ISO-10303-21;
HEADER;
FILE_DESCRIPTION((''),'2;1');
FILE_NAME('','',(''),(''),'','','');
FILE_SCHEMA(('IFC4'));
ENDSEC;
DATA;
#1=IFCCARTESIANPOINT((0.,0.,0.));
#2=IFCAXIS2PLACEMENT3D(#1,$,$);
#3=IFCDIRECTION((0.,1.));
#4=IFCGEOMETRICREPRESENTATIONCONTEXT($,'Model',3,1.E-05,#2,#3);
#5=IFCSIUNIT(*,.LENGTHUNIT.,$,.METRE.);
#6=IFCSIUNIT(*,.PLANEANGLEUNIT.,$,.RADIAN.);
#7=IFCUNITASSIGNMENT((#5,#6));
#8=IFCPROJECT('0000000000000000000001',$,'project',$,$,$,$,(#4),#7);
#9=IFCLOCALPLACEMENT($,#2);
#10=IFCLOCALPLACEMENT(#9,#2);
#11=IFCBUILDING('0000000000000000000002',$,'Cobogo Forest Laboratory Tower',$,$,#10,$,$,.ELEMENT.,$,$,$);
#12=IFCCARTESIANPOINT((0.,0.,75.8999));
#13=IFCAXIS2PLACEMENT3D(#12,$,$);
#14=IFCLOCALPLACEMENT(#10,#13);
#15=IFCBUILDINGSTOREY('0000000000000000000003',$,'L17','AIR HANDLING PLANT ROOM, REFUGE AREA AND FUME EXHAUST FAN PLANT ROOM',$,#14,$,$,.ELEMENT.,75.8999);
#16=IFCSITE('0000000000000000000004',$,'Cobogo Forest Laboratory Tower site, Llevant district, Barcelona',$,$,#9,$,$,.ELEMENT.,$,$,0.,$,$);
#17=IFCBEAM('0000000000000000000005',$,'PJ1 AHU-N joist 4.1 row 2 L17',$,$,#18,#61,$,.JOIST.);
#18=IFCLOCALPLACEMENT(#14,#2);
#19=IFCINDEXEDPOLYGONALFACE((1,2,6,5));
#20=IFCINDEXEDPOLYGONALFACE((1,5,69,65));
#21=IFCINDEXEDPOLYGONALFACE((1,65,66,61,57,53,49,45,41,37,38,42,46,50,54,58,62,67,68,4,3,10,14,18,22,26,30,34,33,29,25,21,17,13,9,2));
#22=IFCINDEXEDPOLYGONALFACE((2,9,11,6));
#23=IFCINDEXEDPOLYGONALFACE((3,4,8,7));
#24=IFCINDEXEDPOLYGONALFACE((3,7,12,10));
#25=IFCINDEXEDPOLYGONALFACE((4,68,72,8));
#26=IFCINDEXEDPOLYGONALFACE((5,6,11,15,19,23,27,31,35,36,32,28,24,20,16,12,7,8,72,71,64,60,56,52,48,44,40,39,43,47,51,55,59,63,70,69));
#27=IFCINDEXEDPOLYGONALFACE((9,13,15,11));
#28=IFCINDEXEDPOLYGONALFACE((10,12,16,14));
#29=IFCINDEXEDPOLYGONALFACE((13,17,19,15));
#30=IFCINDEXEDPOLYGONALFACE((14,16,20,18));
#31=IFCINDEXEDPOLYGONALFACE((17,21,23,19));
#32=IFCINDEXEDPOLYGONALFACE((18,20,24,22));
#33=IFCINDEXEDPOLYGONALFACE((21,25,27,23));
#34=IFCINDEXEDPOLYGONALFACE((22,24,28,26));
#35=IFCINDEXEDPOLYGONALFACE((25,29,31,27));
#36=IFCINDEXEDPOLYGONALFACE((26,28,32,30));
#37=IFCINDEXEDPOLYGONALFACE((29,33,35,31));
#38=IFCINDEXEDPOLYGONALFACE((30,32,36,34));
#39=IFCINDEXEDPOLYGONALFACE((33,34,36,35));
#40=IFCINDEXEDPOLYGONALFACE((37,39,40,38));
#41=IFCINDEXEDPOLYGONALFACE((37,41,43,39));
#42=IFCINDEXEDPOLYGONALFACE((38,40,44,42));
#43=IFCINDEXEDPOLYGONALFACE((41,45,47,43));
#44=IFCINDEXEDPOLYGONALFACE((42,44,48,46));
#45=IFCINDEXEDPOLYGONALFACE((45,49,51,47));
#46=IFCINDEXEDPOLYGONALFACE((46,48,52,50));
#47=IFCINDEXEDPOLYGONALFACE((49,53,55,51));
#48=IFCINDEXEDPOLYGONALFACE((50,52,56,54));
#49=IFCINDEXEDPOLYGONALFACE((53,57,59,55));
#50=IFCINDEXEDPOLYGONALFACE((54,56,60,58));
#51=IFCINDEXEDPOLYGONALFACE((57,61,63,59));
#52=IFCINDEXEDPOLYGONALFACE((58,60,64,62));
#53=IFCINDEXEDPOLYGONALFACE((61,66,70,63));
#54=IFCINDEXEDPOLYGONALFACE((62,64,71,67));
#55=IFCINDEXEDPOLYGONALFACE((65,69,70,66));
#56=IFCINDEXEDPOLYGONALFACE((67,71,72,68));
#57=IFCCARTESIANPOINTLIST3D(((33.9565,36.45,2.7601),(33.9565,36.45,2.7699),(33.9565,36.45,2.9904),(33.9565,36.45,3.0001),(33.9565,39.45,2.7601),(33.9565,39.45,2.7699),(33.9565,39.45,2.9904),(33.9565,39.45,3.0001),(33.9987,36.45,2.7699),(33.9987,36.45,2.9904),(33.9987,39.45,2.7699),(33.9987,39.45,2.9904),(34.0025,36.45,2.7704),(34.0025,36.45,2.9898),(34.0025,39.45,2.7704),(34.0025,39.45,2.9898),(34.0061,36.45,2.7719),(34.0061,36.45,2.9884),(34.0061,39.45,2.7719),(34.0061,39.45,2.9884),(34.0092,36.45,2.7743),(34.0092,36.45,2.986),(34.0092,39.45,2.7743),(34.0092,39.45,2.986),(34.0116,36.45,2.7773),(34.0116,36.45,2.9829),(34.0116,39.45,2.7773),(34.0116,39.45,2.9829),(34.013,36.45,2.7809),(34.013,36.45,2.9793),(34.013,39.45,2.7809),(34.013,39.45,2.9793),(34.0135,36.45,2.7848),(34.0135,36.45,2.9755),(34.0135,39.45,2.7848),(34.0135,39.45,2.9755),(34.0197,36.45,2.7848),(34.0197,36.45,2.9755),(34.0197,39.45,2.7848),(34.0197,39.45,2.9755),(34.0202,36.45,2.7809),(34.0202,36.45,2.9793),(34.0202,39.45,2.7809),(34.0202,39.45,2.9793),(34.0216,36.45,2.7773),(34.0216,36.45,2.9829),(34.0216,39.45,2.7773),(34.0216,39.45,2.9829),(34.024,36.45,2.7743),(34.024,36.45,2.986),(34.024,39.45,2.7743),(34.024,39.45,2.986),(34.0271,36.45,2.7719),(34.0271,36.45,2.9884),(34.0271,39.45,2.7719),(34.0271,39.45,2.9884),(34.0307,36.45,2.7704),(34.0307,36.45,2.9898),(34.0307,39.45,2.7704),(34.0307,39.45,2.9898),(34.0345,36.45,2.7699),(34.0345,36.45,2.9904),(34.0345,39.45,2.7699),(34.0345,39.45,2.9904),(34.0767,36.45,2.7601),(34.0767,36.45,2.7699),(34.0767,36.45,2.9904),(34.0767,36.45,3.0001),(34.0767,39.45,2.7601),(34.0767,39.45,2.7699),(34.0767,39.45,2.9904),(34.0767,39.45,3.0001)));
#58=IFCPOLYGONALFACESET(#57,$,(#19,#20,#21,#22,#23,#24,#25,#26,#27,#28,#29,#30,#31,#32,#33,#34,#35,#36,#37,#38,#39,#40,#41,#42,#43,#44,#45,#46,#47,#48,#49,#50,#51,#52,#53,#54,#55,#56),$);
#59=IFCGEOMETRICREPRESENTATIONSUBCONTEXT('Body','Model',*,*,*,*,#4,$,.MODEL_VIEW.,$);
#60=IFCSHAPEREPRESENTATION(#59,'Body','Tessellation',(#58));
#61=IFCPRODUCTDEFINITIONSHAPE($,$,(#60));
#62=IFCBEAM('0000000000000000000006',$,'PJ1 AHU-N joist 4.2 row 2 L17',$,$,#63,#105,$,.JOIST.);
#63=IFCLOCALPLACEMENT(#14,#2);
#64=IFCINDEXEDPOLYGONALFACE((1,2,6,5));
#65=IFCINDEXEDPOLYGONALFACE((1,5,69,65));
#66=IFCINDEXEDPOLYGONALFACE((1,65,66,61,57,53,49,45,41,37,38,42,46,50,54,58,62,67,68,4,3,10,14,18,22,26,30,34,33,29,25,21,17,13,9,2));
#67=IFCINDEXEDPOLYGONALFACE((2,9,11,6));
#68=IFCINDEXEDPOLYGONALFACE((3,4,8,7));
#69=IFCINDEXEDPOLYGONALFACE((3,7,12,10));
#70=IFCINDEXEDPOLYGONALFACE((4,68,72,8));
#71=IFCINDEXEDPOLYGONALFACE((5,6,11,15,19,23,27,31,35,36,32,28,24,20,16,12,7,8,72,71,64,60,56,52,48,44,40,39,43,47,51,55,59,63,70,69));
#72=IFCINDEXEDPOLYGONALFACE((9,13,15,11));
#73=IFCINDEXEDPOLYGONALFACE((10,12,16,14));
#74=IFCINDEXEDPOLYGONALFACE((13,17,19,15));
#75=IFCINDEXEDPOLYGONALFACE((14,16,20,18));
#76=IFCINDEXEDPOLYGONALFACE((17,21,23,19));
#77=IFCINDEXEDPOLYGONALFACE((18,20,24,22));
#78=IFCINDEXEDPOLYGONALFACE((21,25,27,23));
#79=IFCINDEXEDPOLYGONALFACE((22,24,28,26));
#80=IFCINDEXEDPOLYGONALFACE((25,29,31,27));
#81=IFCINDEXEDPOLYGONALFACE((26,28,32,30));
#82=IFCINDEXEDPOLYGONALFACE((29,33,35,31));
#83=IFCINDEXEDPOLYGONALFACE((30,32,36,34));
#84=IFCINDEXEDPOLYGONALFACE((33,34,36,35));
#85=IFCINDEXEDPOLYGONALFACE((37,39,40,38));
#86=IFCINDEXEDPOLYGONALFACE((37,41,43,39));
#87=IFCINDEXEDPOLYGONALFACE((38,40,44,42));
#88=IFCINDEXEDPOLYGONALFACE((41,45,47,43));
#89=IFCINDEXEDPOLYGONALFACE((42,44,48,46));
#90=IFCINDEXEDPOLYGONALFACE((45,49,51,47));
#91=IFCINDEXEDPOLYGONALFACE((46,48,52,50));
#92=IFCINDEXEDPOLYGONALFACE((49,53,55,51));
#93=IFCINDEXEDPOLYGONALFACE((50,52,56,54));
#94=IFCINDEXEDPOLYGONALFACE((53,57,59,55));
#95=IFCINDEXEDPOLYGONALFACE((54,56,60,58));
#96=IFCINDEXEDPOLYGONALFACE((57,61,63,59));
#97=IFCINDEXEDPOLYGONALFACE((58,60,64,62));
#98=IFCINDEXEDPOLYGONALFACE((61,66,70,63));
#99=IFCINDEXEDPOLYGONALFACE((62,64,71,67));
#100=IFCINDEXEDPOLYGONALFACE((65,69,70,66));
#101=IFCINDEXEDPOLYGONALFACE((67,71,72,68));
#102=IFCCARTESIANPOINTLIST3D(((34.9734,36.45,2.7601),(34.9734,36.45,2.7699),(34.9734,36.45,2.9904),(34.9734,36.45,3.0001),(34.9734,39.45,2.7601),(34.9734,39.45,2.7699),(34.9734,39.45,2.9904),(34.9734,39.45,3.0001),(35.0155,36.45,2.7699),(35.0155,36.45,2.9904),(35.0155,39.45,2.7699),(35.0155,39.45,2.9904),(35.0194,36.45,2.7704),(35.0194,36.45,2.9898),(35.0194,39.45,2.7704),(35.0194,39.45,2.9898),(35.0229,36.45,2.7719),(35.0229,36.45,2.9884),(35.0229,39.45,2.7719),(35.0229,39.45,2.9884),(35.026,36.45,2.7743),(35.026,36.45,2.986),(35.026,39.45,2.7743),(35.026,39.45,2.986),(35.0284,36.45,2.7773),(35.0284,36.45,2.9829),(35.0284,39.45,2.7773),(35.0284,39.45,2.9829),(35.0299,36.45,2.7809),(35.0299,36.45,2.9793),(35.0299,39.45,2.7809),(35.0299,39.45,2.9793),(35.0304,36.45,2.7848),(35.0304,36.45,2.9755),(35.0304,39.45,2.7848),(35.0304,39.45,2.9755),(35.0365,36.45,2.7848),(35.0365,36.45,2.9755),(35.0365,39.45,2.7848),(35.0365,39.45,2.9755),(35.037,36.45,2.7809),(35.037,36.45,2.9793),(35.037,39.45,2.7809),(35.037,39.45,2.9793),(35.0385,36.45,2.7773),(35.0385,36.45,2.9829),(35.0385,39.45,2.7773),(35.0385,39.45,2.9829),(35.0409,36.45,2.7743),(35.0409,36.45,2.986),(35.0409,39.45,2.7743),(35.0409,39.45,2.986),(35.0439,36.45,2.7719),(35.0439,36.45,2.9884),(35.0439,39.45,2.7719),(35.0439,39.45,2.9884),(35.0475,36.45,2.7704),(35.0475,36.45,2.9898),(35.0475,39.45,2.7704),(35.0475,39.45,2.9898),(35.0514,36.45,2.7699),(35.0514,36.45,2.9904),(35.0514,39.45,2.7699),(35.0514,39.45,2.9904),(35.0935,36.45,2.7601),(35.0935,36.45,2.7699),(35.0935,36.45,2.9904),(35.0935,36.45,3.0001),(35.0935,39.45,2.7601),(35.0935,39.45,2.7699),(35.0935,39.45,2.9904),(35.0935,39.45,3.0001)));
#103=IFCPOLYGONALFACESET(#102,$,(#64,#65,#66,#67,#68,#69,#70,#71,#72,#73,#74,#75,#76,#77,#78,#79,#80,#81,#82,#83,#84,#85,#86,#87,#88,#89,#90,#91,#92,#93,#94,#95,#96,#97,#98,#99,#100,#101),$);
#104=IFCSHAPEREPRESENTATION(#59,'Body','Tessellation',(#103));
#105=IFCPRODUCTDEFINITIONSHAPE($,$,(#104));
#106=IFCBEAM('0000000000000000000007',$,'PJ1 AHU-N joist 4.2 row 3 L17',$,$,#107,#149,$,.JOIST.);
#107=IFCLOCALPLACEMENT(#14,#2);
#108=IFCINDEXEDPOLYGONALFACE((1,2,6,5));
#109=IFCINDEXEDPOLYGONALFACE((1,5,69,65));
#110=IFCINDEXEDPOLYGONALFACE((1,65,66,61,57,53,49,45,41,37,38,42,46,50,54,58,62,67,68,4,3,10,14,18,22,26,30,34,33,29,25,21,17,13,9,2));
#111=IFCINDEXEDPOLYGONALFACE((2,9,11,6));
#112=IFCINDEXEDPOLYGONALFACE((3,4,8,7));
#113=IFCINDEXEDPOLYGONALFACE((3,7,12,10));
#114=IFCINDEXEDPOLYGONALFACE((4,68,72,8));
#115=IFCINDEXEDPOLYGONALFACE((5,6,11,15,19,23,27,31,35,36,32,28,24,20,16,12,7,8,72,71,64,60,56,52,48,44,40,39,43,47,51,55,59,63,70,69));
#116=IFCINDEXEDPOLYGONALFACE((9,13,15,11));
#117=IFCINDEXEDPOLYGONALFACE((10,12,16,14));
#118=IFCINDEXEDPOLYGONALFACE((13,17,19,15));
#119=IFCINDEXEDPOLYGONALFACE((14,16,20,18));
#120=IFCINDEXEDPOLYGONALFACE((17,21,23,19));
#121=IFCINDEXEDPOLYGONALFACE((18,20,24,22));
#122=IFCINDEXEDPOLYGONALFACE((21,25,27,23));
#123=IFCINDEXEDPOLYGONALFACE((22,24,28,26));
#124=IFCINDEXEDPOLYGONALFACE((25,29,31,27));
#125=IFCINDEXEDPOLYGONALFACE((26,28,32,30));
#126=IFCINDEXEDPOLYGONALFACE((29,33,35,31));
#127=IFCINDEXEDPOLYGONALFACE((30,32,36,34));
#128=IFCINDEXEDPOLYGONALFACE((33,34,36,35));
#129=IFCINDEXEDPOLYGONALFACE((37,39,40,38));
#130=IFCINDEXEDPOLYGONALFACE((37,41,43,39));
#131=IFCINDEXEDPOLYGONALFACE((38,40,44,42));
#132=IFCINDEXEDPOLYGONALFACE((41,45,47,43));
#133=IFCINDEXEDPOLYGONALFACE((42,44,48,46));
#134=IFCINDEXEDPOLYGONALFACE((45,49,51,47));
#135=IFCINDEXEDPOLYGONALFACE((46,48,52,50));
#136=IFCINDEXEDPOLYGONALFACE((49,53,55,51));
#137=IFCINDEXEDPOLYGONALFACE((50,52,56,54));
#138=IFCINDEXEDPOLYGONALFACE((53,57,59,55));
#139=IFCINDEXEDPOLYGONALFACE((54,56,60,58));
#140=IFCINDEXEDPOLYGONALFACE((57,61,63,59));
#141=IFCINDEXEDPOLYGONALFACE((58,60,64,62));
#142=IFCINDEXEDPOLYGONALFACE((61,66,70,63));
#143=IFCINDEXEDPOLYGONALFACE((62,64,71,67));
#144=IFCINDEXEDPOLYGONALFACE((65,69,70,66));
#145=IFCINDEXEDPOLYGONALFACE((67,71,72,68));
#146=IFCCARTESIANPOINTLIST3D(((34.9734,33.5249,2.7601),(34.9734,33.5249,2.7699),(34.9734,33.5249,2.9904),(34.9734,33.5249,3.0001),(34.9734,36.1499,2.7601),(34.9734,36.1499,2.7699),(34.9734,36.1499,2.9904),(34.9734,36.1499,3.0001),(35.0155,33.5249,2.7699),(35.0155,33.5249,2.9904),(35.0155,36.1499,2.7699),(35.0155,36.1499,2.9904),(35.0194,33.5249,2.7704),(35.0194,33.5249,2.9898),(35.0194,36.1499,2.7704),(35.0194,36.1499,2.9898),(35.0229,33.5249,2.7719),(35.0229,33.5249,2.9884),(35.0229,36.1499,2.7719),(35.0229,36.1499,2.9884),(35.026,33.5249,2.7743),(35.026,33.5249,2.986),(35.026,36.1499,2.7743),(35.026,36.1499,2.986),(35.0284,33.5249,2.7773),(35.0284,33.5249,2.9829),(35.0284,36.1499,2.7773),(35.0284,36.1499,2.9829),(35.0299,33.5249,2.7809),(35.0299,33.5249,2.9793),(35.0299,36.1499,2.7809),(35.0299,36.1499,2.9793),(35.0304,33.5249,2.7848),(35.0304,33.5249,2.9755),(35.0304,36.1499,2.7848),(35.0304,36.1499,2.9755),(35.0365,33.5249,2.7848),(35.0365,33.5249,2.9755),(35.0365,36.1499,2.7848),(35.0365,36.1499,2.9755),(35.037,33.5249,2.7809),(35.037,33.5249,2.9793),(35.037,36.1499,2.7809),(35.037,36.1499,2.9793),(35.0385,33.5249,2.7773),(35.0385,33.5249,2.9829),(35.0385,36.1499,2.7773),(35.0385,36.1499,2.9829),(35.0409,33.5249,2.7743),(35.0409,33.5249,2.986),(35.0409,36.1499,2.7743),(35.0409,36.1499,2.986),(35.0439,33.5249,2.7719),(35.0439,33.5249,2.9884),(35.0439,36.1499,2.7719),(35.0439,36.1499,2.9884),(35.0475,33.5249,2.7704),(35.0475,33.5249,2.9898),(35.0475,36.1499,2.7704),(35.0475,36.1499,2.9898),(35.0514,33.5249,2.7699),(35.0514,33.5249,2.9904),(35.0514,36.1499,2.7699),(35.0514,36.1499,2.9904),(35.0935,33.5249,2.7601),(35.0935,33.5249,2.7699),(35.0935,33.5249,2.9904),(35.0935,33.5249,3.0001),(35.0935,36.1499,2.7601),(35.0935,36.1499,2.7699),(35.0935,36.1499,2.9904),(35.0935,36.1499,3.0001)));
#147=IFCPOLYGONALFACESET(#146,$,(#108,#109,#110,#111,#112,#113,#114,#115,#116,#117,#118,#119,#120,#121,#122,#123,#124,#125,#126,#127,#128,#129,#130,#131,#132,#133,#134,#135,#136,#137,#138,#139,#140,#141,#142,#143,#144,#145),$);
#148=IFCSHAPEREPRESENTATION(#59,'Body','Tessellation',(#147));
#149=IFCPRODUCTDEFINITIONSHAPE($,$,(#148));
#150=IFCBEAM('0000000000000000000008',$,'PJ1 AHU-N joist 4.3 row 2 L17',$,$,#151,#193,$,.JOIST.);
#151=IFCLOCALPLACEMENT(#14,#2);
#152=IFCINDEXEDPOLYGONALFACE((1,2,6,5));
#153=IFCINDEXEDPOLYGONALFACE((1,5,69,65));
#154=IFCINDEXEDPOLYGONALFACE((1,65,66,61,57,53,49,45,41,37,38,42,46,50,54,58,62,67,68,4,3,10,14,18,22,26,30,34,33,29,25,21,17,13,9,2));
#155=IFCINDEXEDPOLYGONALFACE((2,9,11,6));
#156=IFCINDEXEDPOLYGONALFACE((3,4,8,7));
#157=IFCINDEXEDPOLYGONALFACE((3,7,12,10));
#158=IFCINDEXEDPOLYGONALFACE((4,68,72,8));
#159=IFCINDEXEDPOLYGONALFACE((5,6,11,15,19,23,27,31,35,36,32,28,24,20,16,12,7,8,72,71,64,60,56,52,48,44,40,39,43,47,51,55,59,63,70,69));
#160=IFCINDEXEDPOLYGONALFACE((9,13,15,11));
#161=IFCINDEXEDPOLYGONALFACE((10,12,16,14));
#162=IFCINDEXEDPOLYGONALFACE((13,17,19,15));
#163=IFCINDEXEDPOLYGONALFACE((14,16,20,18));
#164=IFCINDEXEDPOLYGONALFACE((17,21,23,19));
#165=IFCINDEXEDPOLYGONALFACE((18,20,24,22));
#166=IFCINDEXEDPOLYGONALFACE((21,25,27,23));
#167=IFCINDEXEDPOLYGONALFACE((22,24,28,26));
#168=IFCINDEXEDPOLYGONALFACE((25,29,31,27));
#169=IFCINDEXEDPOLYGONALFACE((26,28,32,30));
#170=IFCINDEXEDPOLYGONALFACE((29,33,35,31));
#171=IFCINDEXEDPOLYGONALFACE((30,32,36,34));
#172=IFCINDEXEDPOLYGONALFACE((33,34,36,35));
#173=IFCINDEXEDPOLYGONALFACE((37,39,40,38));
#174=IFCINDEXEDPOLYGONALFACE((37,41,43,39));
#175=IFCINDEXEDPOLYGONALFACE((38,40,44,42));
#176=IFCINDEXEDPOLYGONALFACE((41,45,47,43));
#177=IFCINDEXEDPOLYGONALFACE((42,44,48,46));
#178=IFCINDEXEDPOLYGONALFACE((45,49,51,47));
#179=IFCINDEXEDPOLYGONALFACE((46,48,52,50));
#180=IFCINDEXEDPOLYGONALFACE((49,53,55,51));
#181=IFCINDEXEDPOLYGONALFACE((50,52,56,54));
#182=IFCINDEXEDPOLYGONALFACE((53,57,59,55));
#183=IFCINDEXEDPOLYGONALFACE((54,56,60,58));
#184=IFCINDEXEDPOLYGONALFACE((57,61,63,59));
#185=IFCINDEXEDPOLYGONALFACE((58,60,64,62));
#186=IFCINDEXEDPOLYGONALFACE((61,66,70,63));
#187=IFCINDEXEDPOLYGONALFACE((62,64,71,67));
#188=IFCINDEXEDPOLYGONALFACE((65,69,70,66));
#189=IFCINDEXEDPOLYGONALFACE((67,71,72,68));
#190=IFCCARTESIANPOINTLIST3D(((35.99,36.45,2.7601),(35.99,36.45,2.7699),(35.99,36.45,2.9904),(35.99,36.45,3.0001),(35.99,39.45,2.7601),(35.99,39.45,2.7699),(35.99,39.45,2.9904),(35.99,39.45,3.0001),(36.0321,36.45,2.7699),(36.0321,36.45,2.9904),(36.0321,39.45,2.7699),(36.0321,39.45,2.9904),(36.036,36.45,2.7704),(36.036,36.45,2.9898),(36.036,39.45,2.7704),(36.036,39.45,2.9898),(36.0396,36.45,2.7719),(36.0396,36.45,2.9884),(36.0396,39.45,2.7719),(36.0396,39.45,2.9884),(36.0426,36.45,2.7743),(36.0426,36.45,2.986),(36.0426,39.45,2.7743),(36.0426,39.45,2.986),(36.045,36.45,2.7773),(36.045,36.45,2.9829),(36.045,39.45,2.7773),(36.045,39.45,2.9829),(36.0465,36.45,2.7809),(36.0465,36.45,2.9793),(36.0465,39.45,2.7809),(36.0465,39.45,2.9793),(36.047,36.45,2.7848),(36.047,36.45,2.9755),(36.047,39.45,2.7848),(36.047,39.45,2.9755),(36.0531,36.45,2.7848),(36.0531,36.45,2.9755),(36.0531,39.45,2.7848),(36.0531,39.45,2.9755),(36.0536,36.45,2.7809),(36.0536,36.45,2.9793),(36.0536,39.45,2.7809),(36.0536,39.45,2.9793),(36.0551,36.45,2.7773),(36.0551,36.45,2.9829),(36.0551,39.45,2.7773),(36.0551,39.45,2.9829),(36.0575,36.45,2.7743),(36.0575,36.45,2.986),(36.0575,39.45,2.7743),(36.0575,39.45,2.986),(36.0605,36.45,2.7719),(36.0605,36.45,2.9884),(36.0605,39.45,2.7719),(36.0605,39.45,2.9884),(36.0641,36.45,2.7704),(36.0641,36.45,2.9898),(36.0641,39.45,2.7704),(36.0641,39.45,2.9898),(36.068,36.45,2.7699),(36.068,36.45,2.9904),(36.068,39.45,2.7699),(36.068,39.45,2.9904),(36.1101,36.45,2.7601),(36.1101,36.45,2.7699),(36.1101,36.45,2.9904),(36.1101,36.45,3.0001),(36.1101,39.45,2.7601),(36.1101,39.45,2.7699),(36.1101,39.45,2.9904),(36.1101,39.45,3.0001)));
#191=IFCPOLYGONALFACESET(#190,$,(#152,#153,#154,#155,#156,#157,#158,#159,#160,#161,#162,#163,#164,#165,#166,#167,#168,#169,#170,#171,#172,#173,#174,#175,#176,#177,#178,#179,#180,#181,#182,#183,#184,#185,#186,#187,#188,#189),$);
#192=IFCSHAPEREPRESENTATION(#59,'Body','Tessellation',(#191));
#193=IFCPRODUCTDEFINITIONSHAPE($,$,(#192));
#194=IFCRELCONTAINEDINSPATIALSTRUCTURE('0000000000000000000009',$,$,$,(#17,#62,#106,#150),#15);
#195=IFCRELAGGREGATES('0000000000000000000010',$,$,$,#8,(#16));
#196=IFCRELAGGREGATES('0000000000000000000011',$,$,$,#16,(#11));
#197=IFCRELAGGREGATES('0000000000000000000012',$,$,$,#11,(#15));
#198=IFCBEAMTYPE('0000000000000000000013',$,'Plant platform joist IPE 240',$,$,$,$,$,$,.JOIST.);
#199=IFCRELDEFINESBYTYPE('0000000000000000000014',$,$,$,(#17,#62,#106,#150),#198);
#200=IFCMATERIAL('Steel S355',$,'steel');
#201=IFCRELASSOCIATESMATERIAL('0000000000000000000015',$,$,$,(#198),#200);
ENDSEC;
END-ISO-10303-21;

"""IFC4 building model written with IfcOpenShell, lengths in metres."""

from ifc_helpers import new_model, si_unit, direction, frame, origin, origin_2d, place, context, subcontext, project, spatial, i_section, extrude, material, material_profile, profile_set, type_object, element, save


model = new_model("IFC4")

# Units and contexts
model_context = context("Model", 3, precision=1e-05, world=origin(), true_north=direction((0.0, 1.0)))
body_context = subcontext(model_context, "Body", "Model", "MODEL_VIEW")
ifc_project = project(units=[si_unit("LENGTHUNIT", "METRE"), si_unit("PLANEANGLEUNIT", "RADIAN")], contexts=[model_context])

# Site, building, storey
site_placement = place(None, origin())
site = spatial("IfcSite", under=ifc_project, at=site_placement, Name="Cobogo Forest Laboratory Tower site, Llevant district, Barcelona", CompositionType="ELEMENT", RefElevation=0.0)
building_placement = place(site_placement, origin())
building = spatial("IfcBuilding", under=site, at=building_placement, Name="Cobogo Forest Laboratory Tower", CompositionType="ELEMENT")
storey_placement = place(building_placement, frame((0.0, 0.0, 75.8999)))
storey = spatial("IfcBuildingStorey", under=building, at=storey_placement, Name="L17", Description="AIR HANDLING PLANT ROOM, REFUGE AREA AND FUME EXHAUST FAN PLANT ROOM", CompositionType="ELEMENT", Elevation=75.8999)

# Beams
ifc_material = material(Name="Steel S355", Category="steel")
ifc_material_profile_1 = material_profile(ifc_material, i_section(OverallWidth=0.1201, OverallDepth=0.24, WebThickness=0.0061, FlangeThickness=0.0098, FilletRadius=0.0149, at=origin_2d()), Name="IPE 240")
ifc_profile_set_1 = profile_set([ifc_material_profile_1], Name="Steel S355")
beam_type_1 = type_object("IfcBeamType", Name="Plant platform joist IPE 240", PredefinedType="JOIST", material=ifc_profile_set_1)
for number, where, z_axis, x_axis, name in (
    (1, (34.0166, 39.45, 2.8801), (0.0, -1.0, 0.0), (1.0, 0.0, 0.0), "PJ1 AHU-N joist 4.1 row 2 L17"),
    (2, (35.0334, 39.45, 2.8801), (0.0, -1.0, 0.0), (1.0, 0.0, 0.0), "PJ1 AHU-N joist 4.2 row 2 L17"),
):
    element("IfcBeam", number, at=place(storey_placement, frame(where, z_axis=z_axis, x_axis=x_axis)), inside=storey, type_object=beam_type_1, Name=name, PredefinedType="JOIST", context=body_context, shape_type="SweptSolid", body=[
        extrude(i_section(OverallWidth=0.1201, OverallDepth=0.24, WebThickness=0.0061, FlangeThickness=0.0098, FilletRadius=0.0149, at=origin_2d()), origin(), (0.0, 0.0, 1.0), 3.0),
    ])
beam_1_placement = place(storey_placement, frame((35.0334, 36.1499, 2.8801), z_axis=(0.0, -1.0, 0.0), x_axis=(1.0, 0.0, 0.0)))
element("IfcBeam", 3, at=beam_1_placement, inside=storey, type_object=beam_type_1, Name="PJ1 AHU-N joist 4.2 row 3 L17", PredefinedType="JOIST", context=body_context, shape_type="SweptSolid", body=[
    extrude(i_section(OverallWidth=0.1201, OverallDepth=0.24, WebThickness=0.0061, FlangeThickness=0.0098, FilletRadius=0.0149, at=origin_2d()), origin(), (0.0, 0.0, 1.0), 2.625),
])
beam_2_placement = place(storey_placement, frame((36.05, 39.45, 2.8801), z_axis=(0.0, -1.0, 0.0), x_axis=(1.0, 0.0, 0.0)))
element("IfcBeam", 4, at=beam_2_placement, inside=storey, type_object=beam_type_1, Name="PJ1 AHU-N joist 4.3 row 2 L17", PredefinedType="JOIST", context=body_context, shape_type="SweptSolid", body=[
    extrude(i_section(OverallWidth=0.1201, OverallDepth=0.24, WebThickness=0.0061, FlangeThickness=0.0098, FilletRadius=0.0149, at=origin_2d()), origin(), (0.0, 0.0, 1.0), 3.0),
])

save(model, "model.ifc")
